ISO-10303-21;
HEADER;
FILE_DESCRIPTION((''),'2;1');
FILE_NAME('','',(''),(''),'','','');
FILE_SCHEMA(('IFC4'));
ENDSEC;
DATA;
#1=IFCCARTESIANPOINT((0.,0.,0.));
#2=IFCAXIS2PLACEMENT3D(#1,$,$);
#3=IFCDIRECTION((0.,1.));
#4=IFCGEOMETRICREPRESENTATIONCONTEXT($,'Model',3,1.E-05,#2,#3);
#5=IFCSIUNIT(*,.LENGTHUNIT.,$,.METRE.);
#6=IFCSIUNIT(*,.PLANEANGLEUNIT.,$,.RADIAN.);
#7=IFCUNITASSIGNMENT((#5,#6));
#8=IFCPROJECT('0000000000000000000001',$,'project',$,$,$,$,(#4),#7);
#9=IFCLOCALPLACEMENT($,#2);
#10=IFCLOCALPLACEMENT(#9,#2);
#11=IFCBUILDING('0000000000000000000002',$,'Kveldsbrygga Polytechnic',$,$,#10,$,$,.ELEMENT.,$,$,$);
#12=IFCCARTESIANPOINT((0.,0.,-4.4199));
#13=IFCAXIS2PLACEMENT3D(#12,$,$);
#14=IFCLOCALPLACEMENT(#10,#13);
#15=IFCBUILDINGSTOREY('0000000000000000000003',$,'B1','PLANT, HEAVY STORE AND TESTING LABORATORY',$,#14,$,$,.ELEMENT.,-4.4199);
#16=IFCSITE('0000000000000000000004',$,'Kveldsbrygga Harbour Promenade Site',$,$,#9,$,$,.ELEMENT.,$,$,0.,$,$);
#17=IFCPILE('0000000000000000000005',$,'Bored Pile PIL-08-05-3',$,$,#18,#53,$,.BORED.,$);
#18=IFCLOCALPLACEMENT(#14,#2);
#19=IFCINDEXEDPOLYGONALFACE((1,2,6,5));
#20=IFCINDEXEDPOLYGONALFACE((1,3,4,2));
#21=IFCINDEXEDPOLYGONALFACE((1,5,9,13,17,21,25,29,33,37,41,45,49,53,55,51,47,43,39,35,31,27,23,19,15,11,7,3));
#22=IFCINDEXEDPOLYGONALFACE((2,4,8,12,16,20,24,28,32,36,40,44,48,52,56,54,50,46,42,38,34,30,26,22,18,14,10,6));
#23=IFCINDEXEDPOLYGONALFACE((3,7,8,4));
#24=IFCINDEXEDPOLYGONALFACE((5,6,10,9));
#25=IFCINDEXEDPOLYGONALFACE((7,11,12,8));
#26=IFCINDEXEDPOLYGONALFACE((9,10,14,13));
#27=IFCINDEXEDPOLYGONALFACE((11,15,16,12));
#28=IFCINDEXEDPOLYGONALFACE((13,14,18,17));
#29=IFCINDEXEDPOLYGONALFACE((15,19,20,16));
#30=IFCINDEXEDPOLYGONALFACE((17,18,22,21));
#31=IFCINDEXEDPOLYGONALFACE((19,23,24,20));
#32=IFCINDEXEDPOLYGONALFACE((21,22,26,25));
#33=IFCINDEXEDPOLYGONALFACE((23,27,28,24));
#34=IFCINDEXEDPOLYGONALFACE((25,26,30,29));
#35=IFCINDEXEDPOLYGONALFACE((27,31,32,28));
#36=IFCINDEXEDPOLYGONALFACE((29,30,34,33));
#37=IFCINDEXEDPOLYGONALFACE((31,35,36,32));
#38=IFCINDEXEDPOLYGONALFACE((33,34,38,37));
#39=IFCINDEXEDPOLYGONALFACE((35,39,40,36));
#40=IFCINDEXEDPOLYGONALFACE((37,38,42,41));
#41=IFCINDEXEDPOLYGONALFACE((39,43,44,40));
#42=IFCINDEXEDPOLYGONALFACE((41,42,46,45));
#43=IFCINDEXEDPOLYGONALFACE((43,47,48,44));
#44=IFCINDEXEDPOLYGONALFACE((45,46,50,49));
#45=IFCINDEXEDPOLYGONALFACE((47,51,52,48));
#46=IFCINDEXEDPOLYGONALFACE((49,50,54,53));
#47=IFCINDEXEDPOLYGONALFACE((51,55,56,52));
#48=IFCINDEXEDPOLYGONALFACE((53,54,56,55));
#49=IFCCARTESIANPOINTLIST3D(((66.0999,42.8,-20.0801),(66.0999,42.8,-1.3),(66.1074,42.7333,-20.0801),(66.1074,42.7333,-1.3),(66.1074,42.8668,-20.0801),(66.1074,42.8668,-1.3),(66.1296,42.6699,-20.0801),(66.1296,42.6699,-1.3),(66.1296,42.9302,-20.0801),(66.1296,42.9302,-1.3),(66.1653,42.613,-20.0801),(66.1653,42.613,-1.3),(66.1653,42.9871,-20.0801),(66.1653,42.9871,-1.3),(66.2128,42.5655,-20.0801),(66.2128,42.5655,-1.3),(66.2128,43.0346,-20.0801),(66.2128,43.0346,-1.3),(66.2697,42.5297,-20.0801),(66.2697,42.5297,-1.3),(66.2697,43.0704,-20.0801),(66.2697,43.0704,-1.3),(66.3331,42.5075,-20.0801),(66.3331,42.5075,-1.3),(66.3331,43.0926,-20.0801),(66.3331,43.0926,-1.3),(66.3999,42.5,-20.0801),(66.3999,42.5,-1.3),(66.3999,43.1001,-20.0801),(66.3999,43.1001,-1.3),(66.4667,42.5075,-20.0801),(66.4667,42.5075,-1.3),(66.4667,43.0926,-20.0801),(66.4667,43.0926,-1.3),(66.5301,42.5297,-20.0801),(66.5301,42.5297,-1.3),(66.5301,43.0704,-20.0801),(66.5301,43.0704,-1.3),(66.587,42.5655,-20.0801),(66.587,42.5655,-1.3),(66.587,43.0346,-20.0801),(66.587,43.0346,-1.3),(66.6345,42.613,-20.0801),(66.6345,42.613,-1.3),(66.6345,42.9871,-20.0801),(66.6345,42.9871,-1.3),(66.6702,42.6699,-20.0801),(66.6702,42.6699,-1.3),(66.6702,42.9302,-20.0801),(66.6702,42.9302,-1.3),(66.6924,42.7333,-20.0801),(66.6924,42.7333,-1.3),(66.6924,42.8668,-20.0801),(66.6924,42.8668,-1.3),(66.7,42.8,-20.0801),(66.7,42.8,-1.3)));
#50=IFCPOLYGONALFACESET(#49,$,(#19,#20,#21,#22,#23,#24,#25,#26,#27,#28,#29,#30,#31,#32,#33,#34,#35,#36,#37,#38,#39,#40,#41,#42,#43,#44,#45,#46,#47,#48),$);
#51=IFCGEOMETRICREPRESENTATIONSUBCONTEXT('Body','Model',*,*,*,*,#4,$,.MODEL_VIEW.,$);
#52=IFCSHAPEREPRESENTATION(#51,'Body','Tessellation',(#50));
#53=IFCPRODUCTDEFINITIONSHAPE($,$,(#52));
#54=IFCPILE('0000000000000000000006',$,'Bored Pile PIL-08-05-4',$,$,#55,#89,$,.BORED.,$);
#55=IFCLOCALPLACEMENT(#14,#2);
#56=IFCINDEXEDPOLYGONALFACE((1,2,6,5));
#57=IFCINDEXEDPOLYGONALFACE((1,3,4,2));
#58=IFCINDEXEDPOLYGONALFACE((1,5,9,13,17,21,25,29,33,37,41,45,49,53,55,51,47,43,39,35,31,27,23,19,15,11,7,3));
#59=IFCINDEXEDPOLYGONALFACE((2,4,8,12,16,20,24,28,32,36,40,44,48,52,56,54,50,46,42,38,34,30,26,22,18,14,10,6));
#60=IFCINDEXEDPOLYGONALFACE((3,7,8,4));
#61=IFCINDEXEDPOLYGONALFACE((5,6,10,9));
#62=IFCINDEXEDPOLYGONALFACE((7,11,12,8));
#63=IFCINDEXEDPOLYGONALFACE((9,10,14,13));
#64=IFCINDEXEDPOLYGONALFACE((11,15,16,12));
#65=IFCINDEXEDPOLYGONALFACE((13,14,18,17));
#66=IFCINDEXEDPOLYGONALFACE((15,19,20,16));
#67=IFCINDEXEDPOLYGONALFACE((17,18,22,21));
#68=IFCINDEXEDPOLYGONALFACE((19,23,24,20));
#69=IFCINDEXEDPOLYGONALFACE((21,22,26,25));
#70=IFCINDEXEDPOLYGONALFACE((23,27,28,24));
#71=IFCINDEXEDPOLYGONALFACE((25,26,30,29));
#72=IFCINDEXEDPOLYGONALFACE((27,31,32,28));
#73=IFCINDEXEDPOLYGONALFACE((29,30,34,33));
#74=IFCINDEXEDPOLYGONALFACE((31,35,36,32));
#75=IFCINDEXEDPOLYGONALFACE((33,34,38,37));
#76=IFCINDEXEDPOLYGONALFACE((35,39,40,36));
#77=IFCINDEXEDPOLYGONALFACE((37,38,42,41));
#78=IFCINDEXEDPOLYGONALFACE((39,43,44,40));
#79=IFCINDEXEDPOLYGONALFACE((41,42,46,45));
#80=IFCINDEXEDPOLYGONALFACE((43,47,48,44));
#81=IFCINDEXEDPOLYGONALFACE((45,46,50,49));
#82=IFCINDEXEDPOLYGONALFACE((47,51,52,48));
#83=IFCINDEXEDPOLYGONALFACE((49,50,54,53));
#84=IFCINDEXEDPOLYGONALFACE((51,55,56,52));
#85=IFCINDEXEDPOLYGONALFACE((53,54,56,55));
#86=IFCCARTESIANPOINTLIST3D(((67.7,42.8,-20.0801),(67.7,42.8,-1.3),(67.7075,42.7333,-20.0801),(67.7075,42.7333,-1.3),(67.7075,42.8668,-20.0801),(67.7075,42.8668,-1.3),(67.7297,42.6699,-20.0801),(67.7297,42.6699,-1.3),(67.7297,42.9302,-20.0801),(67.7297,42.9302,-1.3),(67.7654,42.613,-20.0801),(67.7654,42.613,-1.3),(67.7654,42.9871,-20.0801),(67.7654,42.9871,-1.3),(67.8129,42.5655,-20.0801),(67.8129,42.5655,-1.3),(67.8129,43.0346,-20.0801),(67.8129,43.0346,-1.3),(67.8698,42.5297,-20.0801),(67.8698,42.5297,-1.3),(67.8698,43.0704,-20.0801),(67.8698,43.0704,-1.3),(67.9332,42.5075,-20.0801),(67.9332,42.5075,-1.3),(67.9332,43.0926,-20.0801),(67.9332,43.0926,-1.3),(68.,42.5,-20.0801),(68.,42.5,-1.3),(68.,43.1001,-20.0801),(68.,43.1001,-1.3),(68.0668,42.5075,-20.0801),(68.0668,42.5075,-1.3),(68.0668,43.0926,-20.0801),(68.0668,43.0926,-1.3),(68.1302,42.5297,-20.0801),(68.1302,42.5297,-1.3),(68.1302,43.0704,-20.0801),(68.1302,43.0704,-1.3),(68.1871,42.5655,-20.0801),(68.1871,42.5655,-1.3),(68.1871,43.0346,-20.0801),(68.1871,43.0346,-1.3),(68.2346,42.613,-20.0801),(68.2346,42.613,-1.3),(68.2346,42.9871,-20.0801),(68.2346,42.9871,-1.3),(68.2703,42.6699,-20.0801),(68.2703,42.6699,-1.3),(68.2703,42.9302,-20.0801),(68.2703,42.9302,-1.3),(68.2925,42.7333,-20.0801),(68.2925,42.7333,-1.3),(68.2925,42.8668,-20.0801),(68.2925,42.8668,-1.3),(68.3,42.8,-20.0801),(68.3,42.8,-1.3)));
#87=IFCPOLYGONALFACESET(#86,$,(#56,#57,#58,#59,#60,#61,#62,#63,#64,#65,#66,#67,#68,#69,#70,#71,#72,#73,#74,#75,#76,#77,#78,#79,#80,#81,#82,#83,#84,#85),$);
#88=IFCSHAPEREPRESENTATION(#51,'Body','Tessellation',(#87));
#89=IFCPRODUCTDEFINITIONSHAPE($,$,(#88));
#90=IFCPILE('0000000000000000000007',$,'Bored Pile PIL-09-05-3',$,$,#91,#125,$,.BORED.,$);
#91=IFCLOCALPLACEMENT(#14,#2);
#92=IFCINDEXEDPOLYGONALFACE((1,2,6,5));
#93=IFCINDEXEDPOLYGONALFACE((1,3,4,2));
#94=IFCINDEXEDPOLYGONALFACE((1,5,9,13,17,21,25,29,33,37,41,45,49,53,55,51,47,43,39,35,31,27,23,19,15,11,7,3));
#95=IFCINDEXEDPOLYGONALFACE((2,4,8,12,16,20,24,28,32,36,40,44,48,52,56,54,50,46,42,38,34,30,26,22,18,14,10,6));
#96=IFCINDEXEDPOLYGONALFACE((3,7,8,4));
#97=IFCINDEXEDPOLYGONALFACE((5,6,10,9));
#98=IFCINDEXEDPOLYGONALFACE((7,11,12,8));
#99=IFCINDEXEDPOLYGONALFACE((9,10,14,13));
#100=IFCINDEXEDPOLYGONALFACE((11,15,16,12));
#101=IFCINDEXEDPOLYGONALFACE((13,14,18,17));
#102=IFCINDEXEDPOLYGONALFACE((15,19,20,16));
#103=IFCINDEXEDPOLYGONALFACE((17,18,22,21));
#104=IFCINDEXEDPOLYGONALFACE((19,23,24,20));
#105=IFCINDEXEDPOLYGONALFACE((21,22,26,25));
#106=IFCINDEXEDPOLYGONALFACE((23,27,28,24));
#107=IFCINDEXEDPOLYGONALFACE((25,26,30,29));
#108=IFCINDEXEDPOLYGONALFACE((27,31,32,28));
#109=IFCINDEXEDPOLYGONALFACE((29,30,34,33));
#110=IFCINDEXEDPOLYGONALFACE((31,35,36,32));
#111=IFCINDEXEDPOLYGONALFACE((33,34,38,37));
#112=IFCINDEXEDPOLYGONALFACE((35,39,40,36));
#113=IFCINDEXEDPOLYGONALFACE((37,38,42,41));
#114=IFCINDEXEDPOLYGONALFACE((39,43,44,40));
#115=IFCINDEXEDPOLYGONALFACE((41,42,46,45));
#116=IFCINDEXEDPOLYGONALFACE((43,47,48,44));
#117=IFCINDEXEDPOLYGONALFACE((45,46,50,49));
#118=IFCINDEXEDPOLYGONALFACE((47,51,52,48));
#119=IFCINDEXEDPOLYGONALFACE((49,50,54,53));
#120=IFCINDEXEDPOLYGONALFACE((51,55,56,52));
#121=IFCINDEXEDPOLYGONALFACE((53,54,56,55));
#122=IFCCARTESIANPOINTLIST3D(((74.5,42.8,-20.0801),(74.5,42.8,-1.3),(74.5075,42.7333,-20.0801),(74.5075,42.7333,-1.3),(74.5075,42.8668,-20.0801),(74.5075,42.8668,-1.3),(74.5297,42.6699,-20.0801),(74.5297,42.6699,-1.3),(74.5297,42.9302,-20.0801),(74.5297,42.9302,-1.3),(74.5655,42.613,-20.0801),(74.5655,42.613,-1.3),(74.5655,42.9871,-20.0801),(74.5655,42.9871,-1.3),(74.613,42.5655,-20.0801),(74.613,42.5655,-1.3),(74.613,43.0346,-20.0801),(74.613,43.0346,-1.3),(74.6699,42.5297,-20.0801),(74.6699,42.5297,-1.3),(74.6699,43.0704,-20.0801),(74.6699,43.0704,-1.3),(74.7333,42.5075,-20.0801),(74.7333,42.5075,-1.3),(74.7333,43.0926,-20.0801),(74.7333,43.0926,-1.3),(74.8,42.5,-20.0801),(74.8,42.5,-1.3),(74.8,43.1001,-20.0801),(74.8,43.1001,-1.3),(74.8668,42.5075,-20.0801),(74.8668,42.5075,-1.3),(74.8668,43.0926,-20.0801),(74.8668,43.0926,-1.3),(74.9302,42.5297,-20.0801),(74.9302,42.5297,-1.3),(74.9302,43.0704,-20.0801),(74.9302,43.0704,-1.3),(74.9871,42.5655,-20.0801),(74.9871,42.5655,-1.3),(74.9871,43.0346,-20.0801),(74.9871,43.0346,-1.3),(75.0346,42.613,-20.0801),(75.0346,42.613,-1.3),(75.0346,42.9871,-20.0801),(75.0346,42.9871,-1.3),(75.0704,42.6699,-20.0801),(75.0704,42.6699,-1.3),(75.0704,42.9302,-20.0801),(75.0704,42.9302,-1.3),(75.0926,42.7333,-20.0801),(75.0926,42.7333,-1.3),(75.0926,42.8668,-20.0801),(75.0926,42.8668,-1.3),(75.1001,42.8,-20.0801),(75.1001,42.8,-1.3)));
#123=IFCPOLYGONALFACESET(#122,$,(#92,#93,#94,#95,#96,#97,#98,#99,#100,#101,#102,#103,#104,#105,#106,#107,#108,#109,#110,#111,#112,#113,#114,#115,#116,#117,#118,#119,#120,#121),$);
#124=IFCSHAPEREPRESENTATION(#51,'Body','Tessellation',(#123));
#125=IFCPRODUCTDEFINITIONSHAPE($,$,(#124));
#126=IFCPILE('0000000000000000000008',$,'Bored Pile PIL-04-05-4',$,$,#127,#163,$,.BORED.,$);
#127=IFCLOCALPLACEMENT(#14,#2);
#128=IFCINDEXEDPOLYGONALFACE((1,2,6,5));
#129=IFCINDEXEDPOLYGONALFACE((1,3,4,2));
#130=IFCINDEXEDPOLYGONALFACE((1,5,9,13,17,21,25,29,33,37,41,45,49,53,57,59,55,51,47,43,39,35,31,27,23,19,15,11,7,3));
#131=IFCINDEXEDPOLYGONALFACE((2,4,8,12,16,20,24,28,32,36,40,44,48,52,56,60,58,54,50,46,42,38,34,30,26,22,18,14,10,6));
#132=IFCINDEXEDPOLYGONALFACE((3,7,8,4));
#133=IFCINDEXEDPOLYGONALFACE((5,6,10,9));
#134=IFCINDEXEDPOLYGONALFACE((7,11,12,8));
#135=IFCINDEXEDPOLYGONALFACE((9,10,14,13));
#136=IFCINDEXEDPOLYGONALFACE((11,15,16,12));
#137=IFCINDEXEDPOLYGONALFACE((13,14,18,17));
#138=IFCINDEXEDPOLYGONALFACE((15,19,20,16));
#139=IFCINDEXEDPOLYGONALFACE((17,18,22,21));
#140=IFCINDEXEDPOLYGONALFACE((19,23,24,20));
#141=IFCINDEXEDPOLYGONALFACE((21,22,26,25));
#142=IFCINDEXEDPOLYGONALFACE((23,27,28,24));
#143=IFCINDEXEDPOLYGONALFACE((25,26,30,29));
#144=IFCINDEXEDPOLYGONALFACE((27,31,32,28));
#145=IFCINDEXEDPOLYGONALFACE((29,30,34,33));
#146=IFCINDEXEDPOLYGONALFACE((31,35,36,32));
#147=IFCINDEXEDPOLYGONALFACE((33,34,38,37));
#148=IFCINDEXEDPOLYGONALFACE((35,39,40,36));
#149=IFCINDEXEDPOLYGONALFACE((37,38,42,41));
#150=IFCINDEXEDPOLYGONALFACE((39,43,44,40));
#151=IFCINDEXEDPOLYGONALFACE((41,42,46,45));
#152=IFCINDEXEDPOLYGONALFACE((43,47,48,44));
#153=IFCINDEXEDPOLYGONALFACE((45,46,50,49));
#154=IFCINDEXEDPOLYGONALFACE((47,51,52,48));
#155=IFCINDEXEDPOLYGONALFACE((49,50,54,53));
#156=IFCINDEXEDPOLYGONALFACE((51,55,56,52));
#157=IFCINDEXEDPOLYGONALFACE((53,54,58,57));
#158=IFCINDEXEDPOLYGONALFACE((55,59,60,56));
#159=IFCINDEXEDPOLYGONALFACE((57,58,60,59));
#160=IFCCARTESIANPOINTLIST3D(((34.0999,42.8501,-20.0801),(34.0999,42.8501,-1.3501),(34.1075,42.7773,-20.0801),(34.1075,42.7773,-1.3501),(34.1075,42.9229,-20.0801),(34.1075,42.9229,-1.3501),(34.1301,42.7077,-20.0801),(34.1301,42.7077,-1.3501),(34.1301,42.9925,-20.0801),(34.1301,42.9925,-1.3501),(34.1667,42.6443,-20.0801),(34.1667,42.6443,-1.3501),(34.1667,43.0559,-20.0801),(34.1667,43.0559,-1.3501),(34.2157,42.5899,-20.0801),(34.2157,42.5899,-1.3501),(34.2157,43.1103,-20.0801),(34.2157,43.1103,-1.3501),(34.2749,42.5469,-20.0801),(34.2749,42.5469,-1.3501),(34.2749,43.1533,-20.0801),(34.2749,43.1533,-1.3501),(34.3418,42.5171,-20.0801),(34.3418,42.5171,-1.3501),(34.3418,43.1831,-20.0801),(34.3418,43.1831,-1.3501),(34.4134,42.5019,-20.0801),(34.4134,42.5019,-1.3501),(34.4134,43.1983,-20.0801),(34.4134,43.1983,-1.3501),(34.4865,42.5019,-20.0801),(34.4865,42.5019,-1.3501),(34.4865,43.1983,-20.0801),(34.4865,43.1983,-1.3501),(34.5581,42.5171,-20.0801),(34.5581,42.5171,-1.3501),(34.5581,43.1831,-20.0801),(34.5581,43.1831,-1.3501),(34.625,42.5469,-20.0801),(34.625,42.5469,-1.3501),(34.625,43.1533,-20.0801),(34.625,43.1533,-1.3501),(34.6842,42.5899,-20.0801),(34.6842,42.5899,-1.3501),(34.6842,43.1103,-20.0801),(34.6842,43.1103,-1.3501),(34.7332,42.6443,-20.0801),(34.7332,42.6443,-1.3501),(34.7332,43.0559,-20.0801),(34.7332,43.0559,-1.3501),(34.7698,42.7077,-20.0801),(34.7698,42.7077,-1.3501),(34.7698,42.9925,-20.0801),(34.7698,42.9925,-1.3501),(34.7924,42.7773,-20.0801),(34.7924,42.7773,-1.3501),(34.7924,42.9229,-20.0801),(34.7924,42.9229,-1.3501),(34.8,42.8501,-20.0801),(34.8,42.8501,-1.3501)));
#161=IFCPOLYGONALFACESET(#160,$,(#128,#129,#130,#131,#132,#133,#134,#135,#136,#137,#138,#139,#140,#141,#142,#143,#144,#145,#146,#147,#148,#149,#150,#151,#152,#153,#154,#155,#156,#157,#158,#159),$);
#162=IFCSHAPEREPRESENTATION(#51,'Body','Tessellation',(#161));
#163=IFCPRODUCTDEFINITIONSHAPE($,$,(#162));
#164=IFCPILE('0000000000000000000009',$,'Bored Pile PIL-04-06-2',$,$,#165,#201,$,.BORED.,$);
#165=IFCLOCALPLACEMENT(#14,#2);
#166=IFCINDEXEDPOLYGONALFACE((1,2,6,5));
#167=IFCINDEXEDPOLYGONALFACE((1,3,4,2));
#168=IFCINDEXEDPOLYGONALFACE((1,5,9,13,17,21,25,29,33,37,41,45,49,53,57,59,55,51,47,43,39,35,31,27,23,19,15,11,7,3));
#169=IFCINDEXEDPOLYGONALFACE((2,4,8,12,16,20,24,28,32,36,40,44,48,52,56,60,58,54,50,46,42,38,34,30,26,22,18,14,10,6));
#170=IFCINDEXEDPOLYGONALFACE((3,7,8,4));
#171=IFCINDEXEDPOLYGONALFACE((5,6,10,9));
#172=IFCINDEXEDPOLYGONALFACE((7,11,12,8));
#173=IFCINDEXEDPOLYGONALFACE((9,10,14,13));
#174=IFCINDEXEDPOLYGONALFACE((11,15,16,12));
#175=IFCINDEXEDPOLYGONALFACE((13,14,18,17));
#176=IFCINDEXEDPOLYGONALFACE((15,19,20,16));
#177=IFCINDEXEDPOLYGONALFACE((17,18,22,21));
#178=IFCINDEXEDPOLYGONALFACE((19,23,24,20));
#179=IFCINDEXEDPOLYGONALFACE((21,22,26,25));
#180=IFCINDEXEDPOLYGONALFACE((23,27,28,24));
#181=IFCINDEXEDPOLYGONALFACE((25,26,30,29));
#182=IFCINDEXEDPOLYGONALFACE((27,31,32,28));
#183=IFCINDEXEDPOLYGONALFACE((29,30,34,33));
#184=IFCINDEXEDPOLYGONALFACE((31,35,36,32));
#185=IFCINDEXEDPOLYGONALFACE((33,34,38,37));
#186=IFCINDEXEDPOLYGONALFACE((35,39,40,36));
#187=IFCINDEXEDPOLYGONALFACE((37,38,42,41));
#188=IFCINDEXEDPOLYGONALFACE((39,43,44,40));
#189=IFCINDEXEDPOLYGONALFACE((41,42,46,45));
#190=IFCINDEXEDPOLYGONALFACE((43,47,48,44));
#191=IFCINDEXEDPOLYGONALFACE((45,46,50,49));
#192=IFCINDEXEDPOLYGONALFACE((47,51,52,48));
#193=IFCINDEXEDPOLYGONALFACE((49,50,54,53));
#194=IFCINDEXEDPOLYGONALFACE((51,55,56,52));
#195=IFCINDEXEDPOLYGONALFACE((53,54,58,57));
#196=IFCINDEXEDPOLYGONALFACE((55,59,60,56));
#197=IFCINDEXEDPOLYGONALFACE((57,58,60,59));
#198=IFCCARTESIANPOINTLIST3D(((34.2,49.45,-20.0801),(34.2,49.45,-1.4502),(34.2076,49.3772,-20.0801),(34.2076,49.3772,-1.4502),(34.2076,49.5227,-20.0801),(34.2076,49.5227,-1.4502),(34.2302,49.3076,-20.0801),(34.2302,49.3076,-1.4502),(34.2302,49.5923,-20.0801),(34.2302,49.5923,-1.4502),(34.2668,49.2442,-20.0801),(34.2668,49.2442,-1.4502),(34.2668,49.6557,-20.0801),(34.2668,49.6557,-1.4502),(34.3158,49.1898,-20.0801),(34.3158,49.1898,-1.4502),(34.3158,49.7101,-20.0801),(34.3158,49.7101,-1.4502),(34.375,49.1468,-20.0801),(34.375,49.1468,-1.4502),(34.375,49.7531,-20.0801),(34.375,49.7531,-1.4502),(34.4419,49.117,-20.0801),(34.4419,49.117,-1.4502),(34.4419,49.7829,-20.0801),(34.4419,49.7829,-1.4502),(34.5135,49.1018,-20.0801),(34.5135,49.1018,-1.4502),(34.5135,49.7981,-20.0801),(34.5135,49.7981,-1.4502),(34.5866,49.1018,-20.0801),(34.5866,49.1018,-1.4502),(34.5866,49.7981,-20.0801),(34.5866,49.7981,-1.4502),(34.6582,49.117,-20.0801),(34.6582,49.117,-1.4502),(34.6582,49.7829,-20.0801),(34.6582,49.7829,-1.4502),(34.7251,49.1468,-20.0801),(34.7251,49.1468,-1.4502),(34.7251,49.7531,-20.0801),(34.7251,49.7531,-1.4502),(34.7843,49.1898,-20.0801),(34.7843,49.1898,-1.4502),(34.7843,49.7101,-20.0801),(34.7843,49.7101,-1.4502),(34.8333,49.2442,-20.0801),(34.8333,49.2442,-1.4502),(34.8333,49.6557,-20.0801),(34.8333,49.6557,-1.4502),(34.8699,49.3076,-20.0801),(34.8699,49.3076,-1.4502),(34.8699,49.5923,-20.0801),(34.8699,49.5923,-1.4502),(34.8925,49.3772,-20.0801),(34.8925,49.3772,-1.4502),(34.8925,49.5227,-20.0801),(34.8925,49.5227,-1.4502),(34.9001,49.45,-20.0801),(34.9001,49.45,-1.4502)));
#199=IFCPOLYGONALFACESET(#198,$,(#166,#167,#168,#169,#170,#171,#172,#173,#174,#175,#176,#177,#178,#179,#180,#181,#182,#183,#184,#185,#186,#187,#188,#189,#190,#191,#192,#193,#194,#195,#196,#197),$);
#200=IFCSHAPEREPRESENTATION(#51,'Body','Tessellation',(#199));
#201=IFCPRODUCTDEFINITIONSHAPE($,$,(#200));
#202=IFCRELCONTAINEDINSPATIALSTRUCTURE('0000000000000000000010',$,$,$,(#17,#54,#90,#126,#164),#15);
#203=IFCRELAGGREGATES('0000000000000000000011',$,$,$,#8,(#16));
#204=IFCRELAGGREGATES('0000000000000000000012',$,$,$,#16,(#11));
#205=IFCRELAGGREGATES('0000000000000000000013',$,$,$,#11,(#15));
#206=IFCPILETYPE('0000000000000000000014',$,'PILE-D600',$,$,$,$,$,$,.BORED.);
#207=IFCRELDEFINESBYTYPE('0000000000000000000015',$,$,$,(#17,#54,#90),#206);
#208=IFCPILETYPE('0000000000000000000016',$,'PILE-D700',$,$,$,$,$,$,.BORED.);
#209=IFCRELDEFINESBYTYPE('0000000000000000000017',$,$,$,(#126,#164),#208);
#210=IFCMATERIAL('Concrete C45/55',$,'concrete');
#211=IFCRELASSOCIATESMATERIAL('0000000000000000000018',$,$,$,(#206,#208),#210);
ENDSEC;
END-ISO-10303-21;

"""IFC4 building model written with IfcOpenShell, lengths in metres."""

from ifc_helpers import new_model, si_unit, direction, frame, origin, origin_2d, place, context, subcontext, project, spatial, circle, extrude, material, material_profile, profile_set, type_object, element, save


model = new_model("IFC4")

# Units and contexts
model_context = context("Model", 3, precision=1e-05, world=origin(), true_north=direction((0.0, 1.0)))
body_context = subcontext(model_context, "Body", "Model", "MODEL_VIEW")
ifc_project = project(units=[si_unit("LENGTHUNIT", "METRE"), si_unit("PLANEANGLEUNIT", "RADIAN")], contexts=[model_context])

# Site, building, storey
site_placement = place(None, origin())
site = spatial("IfcSite", under=ifc_project, at=site_placement, Name="Kveldsbrygga Harbour Promenade Site", CompositionType="ELEMENT", RefElevation=0.0)
building_placement = place(site_placement, origin())
building = spatial("IfcBuilding", under=site, at=building_placement, Name="Kveldsbrygga Polytechnic", CompositionType="ELEMENT")
storey_placement = place(building_placement, frame((0.0, 0.0, -4.4199)))
storey = spatial("IfcBuildingStorey", under=building, at=storey_placement, Name="B1", Description="PLANT, HEAVY STORE AND TESTING LABORATORY", CompositionType="ELEMENT", Elevation=-4.4199)

# Shared definitions
ifc_material_1 = material(Name="Concrete C45/55", Category="concrete")

# Piles
ifc_material_profile_1 = material_profile(ifc_material_1, circle(Radius=0.3, at=origin_2d()), Name="PILE D600")
ifc_profile_set_1 = profile_set([ifc_material_profile_1], Name="Concrete C45/55")
pile_type_1 = type_object("IfcPileType", Name="PILE-D600", PredefinedType="BORED", material=ifc_profile_set_1)
for number, where, z_axis, x_axis, name in (
    (1, (66.3999, 42.8, -1.3), (0.0, 0.0, -1.0), (1.0, 0.0, 0.0), "Bored Pile PIL-08-05-3"),
    (2, (68.0, 42.8, -1.3), (0.0, 0.0, -1.0), (1.0, 0.0, 0.0), "Bored Pile PIL-08-05-4"),
    (3, (74.8, 42.8, -1.3), (0.0, 0.0, -1.0), (1.0, 0.0, 0.0), "Bored Pile PIL-09-05-3"),
):
    element("IfcPile", number, at=place(storey_placement, frame(where, z_axis=z_axis, x_axis=x_axis)), inside=storey, type_object=pile_type_1, Name=name, PredefinedType="BORED", context=body_context, shape_type="SweptSolid", body=[
        extrude(circle(Radius=0.3, at=origin_2d()), origin(), (0.0, 0.0, 1.0), 18.78),
    ])
ifc_material_profile_2 = material_profile(ifc_material_1, circle(Radius=0.3501, at=origin_2d()), Name="PILE D700")
ifc_profile_set_2 = profile_set([ifc_material_profile_2], Name="Concrete C45/55")
pile_type_2 = type_object("IfcPileType", Name="PILE-D700", PredefinedType="BORED", material=ifc_profile_set_2)
pile_1_placement = place(storey_placement, frame((34.45, 42.8501, -1.3501), z_axis=(0.0, 0.0, -1.0), x_axis=(1.0, 0.0, 0.0)))
element("IfcPile", 4, at=pile_1_placement, inside=storey, type_object=pile_type_2, Name="Bored Pile PIL-04-05-4", PredefinedType="BORED", context=body_context, shape_type="SweptSolid", body=[
    extrude(circle(Radius=0.3501, at=origin_2d()), origin(), (0.0, 0.0, 1.0), 18.73),
])
for number, where, z_axis, x_axis, name in (
    (5, (34.55, 49.45, -1.4502), (0.0, 0.0, -1.0), (1.0, 0.0, 0.0), "Bored Pile PIL-04-06-2"),
):
    element("IfcPile", number, at=place(storey_placement, frame(where, z_axis=z_axis, x_axis=x_axis)), inside=storey, type_object=pile_type_2, Name=name, PredefinedType="BORED", context=body_context, shape_type="SweptSolid", body=[
        extrude(circle(Radius=0.3501, at=origin_2d()), origin(), (0.0, 0.0, 1.0), 18.6299),
    ])

save(model, "model.ifc")
